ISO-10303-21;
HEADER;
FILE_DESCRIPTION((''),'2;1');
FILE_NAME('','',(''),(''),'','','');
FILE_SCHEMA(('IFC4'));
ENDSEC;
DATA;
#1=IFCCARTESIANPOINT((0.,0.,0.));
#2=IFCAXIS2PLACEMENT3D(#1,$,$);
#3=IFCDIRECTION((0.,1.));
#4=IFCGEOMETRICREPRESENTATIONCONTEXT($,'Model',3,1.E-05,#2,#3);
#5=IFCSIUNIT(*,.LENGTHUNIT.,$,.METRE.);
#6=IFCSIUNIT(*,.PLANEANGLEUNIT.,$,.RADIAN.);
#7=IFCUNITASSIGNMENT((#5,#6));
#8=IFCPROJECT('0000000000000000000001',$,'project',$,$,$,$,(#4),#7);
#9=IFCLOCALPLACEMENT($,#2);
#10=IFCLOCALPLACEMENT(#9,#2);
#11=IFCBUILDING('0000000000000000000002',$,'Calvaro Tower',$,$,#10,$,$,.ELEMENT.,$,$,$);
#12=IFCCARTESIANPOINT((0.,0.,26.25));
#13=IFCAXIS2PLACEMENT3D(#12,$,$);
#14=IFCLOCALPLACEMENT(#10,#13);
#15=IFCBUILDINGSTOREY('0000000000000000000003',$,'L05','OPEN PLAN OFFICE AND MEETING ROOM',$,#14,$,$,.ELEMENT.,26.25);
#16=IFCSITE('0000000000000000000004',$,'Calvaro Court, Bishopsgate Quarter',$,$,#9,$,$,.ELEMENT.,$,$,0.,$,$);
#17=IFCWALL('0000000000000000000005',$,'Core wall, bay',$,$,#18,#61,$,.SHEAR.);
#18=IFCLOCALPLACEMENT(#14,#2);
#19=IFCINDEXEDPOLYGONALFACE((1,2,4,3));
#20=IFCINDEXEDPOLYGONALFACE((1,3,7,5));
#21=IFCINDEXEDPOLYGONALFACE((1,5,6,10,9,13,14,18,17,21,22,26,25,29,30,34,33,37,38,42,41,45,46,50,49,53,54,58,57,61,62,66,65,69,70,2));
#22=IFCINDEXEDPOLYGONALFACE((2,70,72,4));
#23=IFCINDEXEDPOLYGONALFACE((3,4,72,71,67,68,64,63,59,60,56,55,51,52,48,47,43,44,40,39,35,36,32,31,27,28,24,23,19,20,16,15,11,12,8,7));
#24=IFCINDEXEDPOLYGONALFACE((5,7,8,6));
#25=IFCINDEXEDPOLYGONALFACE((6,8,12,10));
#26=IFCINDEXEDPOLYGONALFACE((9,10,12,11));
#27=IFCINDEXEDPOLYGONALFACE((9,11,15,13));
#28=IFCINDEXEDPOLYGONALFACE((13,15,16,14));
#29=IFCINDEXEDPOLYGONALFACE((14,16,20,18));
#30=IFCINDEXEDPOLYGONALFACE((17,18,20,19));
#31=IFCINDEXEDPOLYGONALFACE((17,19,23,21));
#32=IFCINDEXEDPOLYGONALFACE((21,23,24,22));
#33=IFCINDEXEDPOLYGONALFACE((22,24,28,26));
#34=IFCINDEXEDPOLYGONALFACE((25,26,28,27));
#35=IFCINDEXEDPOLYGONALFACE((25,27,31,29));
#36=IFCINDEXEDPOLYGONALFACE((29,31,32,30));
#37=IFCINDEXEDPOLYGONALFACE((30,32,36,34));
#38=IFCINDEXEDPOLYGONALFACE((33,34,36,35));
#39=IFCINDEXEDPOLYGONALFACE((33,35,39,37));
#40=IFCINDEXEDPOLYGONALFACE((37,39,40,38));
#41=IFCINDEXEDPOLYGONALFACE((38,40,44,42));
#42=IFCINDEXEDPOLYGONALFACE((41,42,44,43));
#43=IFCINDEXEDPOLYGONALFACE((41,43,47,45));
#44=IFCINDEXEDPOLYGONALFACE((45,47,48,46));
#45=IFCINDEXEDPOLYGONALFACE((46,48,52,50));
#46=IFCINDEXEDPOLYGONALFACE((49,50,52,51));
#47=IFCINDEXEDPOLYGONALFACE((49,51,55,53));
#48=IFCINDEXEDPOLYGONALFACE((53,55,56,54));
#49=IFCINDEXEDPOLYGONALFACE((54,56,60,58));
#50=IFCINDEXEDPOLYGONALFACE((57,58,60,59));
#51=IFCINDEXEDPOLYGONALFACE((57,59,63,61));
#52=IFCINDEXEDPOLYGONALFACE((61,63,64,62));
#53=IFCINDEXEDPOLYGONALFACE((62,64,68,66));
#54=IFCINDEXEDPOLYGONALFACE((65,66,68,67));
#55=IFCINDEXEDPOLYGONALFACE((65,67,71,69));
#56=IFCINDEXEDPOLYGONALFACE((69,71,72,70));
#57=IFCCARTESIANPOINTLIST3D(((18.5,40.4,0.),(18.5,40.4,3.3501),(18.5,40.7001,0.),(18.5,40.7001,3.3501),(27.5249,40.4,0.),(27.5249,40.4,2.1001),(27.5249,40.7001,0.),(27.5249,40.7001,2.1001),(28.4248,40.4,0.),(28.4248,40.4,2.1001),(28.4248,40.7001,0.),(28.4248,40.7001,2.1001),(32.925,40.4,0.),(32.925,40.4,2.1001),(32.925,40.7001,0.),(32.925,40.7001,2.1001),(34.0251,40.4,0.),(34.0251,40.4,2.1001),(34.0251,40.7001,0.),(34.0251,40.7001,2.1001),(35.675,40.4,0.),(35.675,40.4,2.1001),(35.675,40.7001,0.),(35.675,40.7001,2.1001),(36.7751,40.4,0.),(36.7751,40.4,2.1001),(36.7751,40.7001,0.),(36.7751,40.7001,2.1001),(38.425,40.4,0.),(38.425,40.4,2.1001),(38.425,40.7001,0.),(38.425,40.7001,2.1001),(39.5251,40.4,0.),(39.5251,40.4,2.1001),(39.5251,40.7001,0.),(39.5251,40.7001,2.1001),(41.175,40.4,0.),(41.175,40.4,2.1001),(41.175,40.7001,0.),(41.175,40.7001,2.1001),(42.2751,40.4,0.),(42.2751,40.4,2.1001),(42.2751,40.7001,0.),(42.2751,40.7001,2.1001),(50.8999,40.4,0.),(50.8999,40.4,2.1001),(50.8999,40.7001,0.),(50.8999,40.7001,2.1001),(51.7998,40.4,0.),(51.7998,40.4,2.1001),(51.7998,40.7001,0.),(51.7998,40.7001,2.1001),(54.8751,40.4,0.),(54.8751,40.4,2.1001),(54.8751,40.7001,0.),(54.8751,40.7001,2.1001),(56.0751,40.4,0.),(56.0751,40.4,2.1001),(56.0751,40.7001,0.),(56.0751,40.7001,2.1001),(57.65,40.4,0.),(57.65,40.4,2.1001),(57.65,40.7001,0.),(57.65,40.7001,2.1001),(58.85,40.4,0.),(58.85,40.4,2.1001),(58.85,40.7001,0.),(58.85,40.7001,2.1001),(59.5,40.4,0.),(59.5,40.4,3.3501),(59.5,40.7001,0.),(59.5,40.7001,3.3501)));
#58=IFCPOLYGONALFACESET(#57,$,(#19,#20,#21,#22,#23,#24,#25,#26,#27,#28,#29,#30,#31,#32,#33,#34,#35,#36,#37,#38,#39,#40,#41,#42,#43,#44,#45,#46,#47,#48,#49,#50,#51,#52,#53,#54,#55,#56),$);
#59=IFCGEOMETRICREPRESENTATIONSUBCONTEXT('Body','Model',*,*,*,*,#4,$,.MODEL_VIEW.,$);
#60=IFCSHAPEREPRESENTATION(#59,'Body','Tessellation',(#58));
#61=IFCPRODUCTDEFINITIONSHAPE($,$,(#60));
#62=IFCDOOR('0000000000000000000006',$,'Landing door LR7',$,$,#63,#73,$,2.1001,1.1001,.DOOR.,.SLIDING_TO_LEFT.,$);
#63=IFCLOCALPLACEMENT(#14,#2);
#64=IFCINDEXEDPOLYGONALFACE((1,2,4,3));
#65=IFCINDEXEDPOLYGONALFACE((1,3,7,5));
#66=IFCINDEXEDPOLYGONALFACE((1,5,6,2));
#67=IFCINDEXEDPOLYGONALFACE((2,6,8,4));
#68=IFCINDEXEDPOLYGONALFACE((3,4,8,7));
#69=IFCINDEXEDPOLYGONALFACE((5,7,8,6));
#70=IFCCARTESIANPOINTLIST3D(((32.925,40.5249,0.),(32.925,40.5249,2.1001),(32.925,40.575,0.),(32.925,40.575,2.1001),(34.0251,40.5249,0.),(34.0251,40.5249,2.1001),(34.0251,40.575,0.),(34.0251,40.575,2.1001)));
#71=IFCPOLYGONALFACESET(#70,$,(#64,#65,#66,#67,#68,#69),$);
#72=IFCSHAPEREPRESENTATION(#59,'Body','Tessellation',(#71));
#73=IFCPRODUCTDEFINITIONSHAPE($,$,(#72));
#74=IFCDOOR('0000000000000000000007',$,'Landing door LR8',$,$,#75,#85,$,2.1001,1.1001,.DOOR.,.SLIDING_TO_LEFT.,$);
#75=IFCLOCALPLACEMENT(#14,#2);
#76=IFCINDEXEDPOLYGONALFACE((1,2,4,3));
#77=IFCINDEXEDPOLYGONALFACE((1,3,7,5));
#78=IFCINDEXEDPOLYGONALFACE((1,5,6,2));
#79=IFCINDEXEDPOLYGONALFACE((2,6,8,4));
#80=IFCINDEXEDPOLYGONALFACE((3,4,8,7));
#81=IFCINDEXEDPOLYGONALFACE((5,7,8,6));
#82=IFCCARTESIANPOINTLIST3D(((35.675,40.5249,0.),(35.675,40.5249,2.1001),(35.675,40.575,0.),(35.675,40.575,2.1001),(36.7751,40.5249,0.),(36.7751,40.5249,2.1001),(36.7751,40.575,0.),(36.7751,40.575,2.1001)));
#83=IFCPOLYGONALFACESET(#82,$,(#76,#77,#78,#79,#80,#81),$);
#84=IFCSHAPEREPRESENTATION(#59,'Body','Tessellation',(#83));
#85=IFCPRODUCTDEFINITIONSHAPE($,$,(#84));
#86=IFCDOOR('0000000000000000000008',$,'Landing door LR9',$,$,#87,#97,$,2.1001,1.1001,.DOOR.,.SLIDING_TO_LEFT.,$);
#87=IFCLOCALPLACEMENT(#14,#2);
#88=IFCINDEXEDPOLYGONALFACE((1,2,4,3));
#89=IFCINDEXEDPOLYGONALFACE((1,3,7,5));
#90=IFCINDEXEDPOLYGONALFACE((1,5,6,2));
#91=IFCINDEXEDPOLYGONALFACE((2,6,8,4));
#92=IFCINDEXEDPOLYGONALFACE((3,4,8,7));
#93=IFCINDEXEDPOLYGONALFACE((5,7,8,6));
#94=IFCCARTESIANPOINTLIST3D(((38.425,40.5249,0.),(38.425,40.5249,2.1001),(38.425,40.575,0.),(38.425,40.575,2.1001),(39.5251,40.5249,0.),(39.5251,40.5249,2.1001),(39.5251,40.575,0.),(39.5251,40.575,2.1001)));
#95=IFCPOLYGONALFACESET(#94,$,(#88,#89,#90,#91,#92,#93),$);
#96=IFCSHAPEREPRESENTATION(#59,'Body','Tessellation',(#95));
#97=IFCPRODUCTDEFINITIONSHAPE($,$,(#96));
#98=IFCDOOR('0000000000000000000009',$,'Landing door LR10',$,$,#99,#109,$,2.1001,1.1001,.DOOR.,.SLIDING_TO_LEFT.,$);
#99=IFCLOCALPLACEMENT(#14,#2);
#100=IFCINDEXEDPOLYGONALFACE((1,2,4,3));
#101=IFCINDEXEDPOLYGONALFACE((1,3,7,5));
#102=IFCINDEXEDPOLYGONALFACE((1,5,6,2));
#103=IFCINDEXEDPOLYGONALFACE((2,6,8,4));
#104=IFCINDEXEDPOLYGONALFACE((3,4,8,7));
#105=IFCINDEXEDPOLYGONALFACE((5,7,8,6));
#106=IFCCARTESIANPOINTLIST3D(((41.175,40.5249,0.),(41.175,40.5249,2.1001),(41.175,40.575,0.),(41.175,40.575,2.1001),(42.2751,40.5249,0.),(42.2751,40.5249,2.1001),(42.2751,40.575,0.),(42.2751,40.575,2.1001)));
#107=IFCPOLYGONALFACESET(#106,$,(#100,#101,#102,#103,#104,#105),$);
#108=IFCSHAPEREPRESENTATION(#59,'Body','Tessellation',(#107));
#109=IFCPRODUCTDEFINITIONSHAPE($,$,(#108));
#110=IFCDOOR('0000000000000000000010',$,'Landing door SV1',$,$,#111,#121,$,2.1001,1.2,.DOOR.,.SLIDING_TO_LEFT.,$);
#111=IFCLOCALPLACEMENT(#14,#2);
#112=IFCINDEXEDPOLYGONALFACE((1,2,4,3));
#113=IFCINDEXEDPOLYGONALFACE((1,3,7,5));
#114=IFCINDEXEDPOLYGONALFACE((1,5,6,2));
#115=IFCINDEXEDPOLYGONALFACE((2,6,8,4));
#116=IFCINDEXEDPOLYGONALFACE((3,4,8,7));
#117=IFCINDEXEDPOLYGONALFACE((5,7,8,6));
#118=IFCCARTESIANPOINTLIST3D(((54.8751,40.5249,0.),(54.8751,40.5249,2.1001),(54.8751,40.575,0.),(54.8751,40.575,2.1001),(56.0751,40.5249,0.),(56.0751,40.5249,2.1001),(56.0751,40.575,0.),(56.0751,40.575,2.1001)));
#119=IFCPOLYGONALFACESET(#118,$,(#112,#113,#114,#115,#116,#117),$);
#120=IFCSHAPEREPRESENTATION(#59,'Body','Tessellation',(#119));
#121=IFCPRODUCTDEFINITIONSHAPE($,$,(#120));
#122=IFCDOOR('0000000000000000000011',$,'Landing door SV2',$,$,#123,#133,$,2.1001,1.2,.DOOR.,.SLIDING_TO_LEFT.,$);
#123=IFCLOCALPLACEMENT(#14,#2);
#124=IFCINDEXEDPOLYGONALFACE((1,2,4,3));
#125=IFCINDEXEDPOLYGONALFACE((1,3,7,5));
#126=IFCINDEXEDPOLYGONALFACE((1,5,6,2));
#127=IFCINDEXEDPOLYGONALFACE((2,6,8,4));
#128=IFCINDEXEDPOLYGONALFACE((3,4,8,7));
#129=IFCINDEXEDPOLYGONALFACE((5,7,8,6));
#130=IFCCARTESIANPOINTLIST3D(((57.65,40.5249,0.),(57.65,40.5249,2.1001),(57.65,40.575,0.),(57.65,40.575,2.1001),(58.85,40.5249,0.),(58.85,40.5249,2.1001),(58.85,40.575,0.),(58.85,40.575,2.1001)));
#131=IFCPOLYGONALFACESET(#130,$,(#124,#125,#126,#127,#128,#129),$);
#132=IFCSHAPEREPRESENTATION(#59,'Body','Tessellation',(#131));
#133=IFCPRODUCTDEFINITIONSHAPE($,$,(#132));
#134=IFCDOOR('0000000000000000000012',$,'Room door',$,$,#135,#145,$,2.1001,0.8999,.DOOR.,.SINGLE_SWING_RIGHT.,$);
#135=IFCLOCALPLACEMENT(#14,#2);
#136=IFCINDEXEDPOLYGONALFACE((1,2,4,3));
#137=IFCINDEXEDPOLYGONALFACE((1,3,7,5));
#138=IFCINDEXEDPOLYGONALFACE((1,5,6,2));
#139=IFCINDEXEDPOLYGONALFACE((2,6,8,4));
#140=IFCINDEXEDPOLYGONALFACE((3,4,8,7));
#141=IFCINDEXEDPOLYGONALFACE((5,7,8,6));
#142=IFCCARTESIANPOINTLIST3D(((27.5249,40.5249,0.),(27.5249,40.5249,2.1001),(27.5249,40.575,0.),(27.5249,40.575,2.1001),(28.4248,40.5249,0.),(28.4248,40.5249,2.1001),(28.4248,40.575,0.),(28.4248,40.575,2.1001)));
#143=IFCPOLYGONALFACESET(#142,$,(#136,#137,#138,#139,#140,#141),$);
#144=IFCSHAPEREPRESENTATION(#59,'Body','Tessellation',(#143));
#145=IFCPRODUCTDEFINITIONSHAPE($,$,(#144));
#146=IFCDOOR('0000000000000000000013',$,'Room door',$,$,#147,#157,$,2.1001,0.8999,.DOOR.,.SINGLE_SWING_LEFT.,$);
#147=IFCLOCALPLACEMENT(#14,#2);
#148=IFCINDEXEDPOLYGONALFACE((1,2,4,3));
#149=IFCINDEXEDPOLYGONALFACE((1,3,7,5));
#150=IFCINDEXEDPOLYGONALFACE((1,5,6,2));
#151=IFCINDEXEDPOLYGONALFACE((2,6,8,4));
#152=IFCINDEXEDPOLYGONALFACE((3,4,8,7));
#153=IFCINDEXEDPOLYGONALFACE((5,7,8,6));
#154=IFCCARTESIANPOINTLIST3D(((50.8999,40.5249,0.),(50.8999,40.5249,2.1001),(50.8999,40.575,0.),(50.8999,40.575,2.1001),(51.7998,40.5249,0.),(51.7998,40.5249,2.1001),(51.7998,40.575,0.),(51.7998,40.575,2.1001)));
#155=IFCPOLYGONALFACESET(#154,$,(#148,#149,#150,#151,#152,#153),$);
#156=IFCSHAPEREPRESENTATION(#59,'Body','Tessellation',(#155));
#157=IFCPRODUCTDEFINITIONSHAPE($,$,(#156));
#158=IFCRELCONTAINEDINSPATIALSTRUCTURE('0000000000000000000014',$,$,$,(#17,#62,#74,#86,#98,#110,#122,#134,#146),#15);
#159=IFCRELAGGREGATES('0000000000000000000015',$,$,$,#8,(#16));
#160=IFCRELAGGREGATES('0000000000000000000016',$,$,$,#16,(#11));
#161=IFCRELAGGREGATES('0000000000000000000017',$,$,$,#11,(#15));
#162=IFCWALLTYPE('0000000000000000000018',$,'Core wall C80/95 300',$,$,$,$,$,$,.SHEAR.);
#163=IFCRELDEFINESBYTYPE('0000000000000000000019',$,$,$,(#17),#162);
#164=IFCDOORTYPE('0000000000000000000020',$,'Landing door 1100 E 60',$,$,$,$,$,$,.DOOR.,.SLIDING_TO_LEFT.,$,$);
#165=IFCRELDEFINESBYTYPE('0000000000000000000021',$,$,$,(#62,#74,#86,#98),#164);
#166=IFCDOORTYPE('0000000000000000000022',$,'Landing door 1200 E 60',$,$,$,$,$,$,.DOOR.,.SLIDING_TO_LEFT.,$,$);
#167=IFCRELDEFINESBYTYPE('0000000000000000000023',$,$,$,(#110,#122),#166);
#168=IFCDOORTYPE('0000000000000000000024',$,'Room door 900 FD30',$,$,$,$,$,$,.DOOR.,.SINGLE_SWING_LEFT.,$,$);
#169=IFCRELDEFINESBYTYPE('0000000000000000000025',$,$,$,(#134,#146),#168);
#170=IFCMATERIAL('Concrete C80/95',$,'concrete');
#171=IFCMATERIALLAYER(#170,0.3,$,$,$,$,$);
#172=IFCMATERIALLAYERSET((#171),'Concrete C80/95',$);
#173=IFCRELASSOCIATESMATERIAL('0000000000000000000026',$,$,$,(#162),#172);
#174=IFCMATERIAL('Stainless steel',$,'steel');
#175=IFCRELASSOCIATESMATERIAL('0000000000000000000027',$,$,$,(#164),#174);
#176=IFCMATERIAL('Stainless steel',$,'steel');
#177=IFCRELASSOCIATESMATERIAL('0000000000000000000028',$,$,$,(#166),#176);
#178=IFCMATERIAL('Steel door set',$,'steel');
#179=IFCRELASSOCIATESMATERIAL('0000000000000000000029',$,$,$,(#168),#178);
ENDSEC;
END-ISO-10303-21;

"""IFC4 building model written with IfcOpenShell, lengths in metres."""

from ifc_helpers import new_model, si_unit, direction, frame, frame_2d, origin, place, context, subcontext, project, spatial, rectangle, extrude, material, layer, layer_set, type_object, element, fill, save


model = new_model("IFC4")

# Units and contexts
model_context = context("Model", 3, precision=1e-05, world=origin(), true_north=direction((0.0, 1.0)))
body_context = subcontext(model_context, "Body", "Model", "MODEL_VIEW")
ifc_project = project(units=[si_unit("LENGTHUNIT", "METRE"), si_unit("PLANEANGLEUNIT", "RADIAN")], contexts=[model_context])

# Site, building, storey
site_placement = place(None, origin())
site = spatial("IfcSite", under=ifc_project, at=site_placement, Name="Calvaro Court, Bishopsgate Quarter", CompositionType="ELEMENT", RefElevation=0.0)
building_placement = place(site_placement, origin())
building = spatial("IfcBuilding", under=site, at=building_placement, Name="Calvaro Tower", CompositionType="ELEMENT")
storey_placement = place(building_placement, frame((0.0, 0.0, 26.25)))
storey = spatial("IfcBuildingStorey", under=building, at=storey_placement, Name="L05", Description="OPEN PLAN OFFICE AND MEETING ROOM", CompositionType="ELEMENT", Elevation=26.25)

# Shared definitions
ifc_material_1 = material(Name="Concrete C80/95", Category="concrete")
ifc_layer_1 = layer(ifc_material_1, 0.3)
ifc_layer_set_1 = layer_set([ifc_layer_1], Name="Concrete C80/95")
wall_type_1 = type_object("IfcWallType", Name="Core wall C80/95 300", PredefinedType="SHEAR", material=ifc_layer_set_1)

# Shared definitions
ifc_material_2 = material(Name="Stainless steel", Category="steel")
door_type_1 = type_object("IfcDoorType", Name="Landing door 1100 E 60", OperationType="SLIDING_TO_LEFT", PredefinedType="DOOR", material=ifc_material_2)

# Wall, openings, doors
wall_1_placement = place(storey_placement, frame((18.5, 40.55, 0.0), z_axis=(0.0, 0.0, 1.0), x_axis=(1.0, 0.0, 0.0)))
wall_1 = element("IfcWall", 1, at=wall_1_placement, inside=storey, type_object=wall_type_1, Name="Core wall, bay", PredefinedType="SHEAR", context=body_context, shape_type="SweptSolid", body=[
    extrude(rectangle(XDim=41.0, YDim=0.3, at=frame_2d((20.5, 0.0))), origin(), (0.0, 0.0, 1.0), 3.3501),
])
opening_1_placement = place(wall_1_placement, frame((9.0249, 0.0, 0.0)))
opening_1 = element("IfcOpeningElement", 2, at=opening_1_placement, cuts=wall_1, PredefinedType="OPENING", context=body_context, shape_type="SweptSolid", body=[
    extrude(rectangle(XDim=0.8999, YDim=2.1001, at=frame_2d((0.45, 1.05))), frame((0.0, 0.1599, 0.0), z_axis=(0.0, -1.0, 0.0), x_axis=(1.0, 0.0, 0.0)), (0.0, 0.0, 1.0), 0.3201),
])
opening_2_placement = place(wall_1_placement, frame((32.3999, 0.0, 0.0)))
opening_2 = element("IfcOpeningElement", 3, at=opening_2_placement, cuts=wall_1, PredefinedType="OPENING", context=body_context, shape_type="SweptSolid", body=[
    extrude(rectangle(XDim=0.8999, YDim=2.1001, at=frame_2d((0.45, 1.05))), frame((0.0, 0.1599, 0.0), z_axis=(0.0, -1.0, 0.0), x_axis=(1.0, 0.0, 0.0)), (0.0, 0.0, 1.0), 0.3201),
])
opening_3_placement = place(wall_1_placement, frame((14.425, 0.0, 0.0)))
opening_3 = element("IfcOpeningElement", 4, at=opening_3_placement, cuts=wall_1, PredefinedType="OPENING", context=body_context, shape_type="SweptSolid", body=[
    extrude(rectangle(XDim=1.1001, YDim=2.1001, at=frame_2d((0.55, 1.05))), frame((0.0, 0.1599, 0.0), z_axis=(0.0, -1.0, 0.0), x_axis=(1.0, 0.0, 0.0)), (0.0, 0.0, 1.0), 0.3201),
])
opening_4_placement = place(wall_1_placement, frame((17.175, 0.0, 0.0)))
opening_4 = element("IfcOpeningElement", 5, at=opening_4_placement, cuts=wall_1, PredefinedType="OPENING", context=body_context, shape_type="SweptSolid", body=[
    extrude(rectangle(XDim=1.1001, YDim=2.1001, at=frame_2d((0.55, 1.05))), frame((0.0, 0.1599, 0.0), z_axis=(0.0, -1.0, 0.0), x_axis=(1.0, 0.0, 0.0)), (0.0, 0.0, 1.0), 0.3201),
])
opening_5_placement = place(wall_1_placement, frame((19.925, 0.0, 0.0)))
opening_5 = element("IfcOpeningElement", 6, at=opening_5_placement, cuts=wall_1, PredefinedType="OPENING", context=body_context, shape_type="SweptSolid", body=[
    extrude(rectangle(XDim=1.1001, YDim=2.1001, at=frame_2d((0.55, 1.05))), frame((0.0, 0.1599, 0.0), z_axis=(0.0, -1.0, 0.0), x_axis=(1.0, 0.0, 0.0)), (0.0, 0.0, 1.0), 0.3201),
])
opening_6_placement = place(wall_1_placement, frame((22.675, 0.0, 0.0)))
opening_6 = element("IfcOpeningElement", 7, at=opening_6_placement, cuts=wall_1, PredefinedType="OPENING", context=body_context, shape_type="SweptSolid", body=[
    extrude(rectangle(XDim=1.1001, YDim=2.1001, at=frame_2d((0.55, 1.05))), frame((0.0, 0.1599, 0.0), z_axis=(0.0, -1.0, 0.0), x_axis=(1.0, 0.0, 0.0)), (0.0, 0.0, 1.0), 0.3201),
])
opening_7_placement = place(wall_1_placement, frame((36.375, 0.0, 0.0)))
opening_7 = element("IfcOpeningElement", 8, at=opening_7_placement, cuts=wall_1, PredefinedType="OPENING", context=body_context, shape_type="SweptSolid", body=[
    extrude(rectangle(XDim=1.2, YDim=2.1001, at=frame_2d((0.6001, 1.05))), frame((0.0, 0.1599, 0.0), z_axis=(0.0, -1.0, 0.0), x_axis=(1.0, 0.0, 0.0)), (0.0, 0.0, 1.0), 0.3201),
])
opening_8_placement = place(wall_1_placement, frame((39.1499, 0.0, 0.0)))
opening_8 = element("IfcOpeningElement", 9, at=opening_8_placement, cuts=wall_1, PredefinedType="OPENING", context=body_context, shape_type="SweptSolid", body=[
    extrude(rectangle(XDim=1.2, YDim=2.1001, at=frame_2d((0.6001, 1.05))), frame((0.0, 0.1599, 0.0), z_axis=(0.0, -1.0, 0.0), x_axis=(1.0, 0.0, 0.0)), (0.0, 0.0, 1.0), 0.3201),
])
door_1_placement = place(opening_3_placement, origin())
door_1 = element("IfcDoor", 10, at=door_1_placement, inside=storey, type_object=door_type_1, Name="Landing door LR7", OperationType="SLIDING_TO_LEFT", OverallHeight=2.1001, OverallWidth=1.1001, PredefinedType="DOOR", context=body_context, shape_type="SweptSolid", body=[
    extrude(rectangle(XDim=1.1001, YDim=2.1001, at=frame_2d((0.55, 1.05))), frame((0.0, 0.0249, 0.0), z_axis=(0.0, -1.0, 0.0), x_axis=(1.0, 0.0, 0.0)), (0.0, 0.0, 1.0), 0.05),
])
fill(opening_3, door_1)
door_2_placement = place(opening_4_placement, origin())
door_2 = element("IfcDoor", 11, at=door_2_placement, inside=storey, type_object=door_type_1, Name="Landing door LR8", OperationType="SLIDING_TO_LEFT", OverallHeight=2.1001, OverallWidth=1.1001, PredefinedType="DOOR", context=body_context, shape_type="SweptSolid", body=[
    extrude(rectangle(XDim=1.1001, YDim=2.1001, at=frame_2d((0.55, 1.05))), frame((0.0, 0.0249, 0.0), z_axis=(0.0, -1.0, 0.0), x_axis=(1.0, 0.0, 0.0)), (0.0, 0.0, 1.0), 0.05),
])
fill(opening_4, door_2)
door_3_placement = place(opening_5_placement, origin())
door_3 = element("IfcDoor", 12, at=door_3_placement, inside=storey, type_object=door_type_1, Name="Landing door LR9", OperationType="SLIDING_TO_LEFT", OverallHeight=2.1001, OverallWidth=1.1001, PredefinedType="DOOR", context=body_context, shape_type="SweptSolid", body=[
    extrude(rectangle(XDim=1.1001, YDim=2.1001, at=frame_2d((0.55, 1.05))), frame((0.0, 0.0249, 0.0), z_axis=(0.0, -1.0, 0.0), x_axis=(1.0, 0.0, 0.0)), (0.0, 0.0, 1.0), 0.05),
])
fill(opening_5, door_3)
door_4_placement = place(opening_6_placement, origin())
door_4 = element("IfcDoor", 13, at=door_4_placement, inside=storey, type_object=door_type_1, Name="Landing door LR10", OperationType="SLIDING_TO_LEFT", OverallHeight=2.1001, OverallWidth=1.1001, PredefinedType="DOOR", context=body_context, shape_type="SweptSolid", body=[
    extrude(rectangle(XDim=1.1001, YDim=2.1001, at=frame_2d((0.55, 1.05))), frame((0.0, 0.0249, 0.0), z_axis=(0.0, -1.0, 0.0), x_axis=(1.0, 0.0, 0.0)), (0.0, 0.0, 1.0), 0.05),
])
fill(opening_6, door_4)
ifc_material_3 = material(Name="Stainless steel", Category="steel")
door_type_2 = type_object("IfcDoorType", Name="Landing door 1200 E 60", OperationType="SLIDING_TO_LEFT", PredefinedType="DOOR", material=ifc_material_3)
door_5_placement = place(opening_7_placement, origin())
door_5 = element("IfcDoor", 14, at=door_5_placement, inside=storey, type_object=door_type_2, Name="Landing door SV1", OperationType="SLIDING_TO_LEFT", OverallHeight=2.1001, OverallWidth=1.2, PredefinedType="DOOR", context=body_context, shape_type="SweptSolid", body=[
    extrude(rectangle(XDim=1.2, YDim=2.1001, at=frame_2d((0.6001, 1.05))), frame((0.0, 0.0249, 0.0), z_axis=(0.0, -1.0, 0.0), x_axis=(1.0, 0.0, 0.0)), (0.0, 0.0, 1.0), 0.05),
])
fill(opening_7, door_5)
door_6_placement = place(opening_8_placement, origin())
door_6 = element("IfcDoor", 15, at=door_6_placement, inside=storey, type_object=door_type_2, Name="Landing door SV2", OperationType="SLIDING_TO_LEFT", OverallHeight=2.1001, OverallWidth=1.2, PredefinedType="DOOR", context=body_context, shape_type="SweptSolid", body=[
    extrude(rectangle(XDim=1.2, YDim=2.1001, at=frame_2d((0.6001, 1.05))), frame((0.0, 0.0249, 0.0), z_axis=(0.0, -1.0, 0.0), x_axis=(1.0, 0.0, 0.0)), (0.0, 0.0, 1.0), 0.05),
])
fill(opening_8, door_6)
ifc_material_4 = material(Name="Steel door set", Category="steel")
door_type_3 = type_object("IfcDoorType", Name="Room door 900 FD30", OperationType="SINGLE_SWING_LEFT", PredefinedType="DOOR", material=ifc_material_4)
door_7_placement = place(opening_1_placement, origin())
door_7 = element("IfcDoor", 16, at=door_7_placement, inside=storey, type_object=door_type_3, Name="Room door", OperationType="SINGLE_SWING_RIGHT", OverallHeight=2.1001, OverallWidth=0.8999, PredefinedType="DOOR", context=body_context, shape_type="SweptSolid", body=[
    extrude(rectangle(XDim=0.8999, YDim=2.1001, at=frame_2d((0.45, 1.05))), frame((0.0, 0.0249, 0.0), z_axis=(0.0, -1.0, 0.0), x_axis=(1.0, 0.0, 0.0)), (0.0, 0.0, 1.0), 0.05),
])
fill(opening_1, door_7)
door_8_placement = place(opening_2_placement, origin())
door_8 = element("IfcDoor", 17, at=door_8_placement, inside=storey, type_object=door_type_3, Name="Room door", OperationType="SINGLE_SWING_LEFT", OverallHeight=2.1001, OverallWidth=0.8999, PredefinedType="DOOR", context=body_context, shape_type="SweptSolid", body=[
    extrude(rectangle(XDim=0.8999, YDim=2.1001, at=frame_2d((0.45, 1.05))), frame((0.0, 0.0249, 0.0), z_axis=(0.0, -1.0, 0.0), x_axis=(1.0, 0.0, 0.0)), (0.0, 0.0, 1.0), 0.05),
])
fill(opening_2, door_8)

save(model, "model.ifc")
